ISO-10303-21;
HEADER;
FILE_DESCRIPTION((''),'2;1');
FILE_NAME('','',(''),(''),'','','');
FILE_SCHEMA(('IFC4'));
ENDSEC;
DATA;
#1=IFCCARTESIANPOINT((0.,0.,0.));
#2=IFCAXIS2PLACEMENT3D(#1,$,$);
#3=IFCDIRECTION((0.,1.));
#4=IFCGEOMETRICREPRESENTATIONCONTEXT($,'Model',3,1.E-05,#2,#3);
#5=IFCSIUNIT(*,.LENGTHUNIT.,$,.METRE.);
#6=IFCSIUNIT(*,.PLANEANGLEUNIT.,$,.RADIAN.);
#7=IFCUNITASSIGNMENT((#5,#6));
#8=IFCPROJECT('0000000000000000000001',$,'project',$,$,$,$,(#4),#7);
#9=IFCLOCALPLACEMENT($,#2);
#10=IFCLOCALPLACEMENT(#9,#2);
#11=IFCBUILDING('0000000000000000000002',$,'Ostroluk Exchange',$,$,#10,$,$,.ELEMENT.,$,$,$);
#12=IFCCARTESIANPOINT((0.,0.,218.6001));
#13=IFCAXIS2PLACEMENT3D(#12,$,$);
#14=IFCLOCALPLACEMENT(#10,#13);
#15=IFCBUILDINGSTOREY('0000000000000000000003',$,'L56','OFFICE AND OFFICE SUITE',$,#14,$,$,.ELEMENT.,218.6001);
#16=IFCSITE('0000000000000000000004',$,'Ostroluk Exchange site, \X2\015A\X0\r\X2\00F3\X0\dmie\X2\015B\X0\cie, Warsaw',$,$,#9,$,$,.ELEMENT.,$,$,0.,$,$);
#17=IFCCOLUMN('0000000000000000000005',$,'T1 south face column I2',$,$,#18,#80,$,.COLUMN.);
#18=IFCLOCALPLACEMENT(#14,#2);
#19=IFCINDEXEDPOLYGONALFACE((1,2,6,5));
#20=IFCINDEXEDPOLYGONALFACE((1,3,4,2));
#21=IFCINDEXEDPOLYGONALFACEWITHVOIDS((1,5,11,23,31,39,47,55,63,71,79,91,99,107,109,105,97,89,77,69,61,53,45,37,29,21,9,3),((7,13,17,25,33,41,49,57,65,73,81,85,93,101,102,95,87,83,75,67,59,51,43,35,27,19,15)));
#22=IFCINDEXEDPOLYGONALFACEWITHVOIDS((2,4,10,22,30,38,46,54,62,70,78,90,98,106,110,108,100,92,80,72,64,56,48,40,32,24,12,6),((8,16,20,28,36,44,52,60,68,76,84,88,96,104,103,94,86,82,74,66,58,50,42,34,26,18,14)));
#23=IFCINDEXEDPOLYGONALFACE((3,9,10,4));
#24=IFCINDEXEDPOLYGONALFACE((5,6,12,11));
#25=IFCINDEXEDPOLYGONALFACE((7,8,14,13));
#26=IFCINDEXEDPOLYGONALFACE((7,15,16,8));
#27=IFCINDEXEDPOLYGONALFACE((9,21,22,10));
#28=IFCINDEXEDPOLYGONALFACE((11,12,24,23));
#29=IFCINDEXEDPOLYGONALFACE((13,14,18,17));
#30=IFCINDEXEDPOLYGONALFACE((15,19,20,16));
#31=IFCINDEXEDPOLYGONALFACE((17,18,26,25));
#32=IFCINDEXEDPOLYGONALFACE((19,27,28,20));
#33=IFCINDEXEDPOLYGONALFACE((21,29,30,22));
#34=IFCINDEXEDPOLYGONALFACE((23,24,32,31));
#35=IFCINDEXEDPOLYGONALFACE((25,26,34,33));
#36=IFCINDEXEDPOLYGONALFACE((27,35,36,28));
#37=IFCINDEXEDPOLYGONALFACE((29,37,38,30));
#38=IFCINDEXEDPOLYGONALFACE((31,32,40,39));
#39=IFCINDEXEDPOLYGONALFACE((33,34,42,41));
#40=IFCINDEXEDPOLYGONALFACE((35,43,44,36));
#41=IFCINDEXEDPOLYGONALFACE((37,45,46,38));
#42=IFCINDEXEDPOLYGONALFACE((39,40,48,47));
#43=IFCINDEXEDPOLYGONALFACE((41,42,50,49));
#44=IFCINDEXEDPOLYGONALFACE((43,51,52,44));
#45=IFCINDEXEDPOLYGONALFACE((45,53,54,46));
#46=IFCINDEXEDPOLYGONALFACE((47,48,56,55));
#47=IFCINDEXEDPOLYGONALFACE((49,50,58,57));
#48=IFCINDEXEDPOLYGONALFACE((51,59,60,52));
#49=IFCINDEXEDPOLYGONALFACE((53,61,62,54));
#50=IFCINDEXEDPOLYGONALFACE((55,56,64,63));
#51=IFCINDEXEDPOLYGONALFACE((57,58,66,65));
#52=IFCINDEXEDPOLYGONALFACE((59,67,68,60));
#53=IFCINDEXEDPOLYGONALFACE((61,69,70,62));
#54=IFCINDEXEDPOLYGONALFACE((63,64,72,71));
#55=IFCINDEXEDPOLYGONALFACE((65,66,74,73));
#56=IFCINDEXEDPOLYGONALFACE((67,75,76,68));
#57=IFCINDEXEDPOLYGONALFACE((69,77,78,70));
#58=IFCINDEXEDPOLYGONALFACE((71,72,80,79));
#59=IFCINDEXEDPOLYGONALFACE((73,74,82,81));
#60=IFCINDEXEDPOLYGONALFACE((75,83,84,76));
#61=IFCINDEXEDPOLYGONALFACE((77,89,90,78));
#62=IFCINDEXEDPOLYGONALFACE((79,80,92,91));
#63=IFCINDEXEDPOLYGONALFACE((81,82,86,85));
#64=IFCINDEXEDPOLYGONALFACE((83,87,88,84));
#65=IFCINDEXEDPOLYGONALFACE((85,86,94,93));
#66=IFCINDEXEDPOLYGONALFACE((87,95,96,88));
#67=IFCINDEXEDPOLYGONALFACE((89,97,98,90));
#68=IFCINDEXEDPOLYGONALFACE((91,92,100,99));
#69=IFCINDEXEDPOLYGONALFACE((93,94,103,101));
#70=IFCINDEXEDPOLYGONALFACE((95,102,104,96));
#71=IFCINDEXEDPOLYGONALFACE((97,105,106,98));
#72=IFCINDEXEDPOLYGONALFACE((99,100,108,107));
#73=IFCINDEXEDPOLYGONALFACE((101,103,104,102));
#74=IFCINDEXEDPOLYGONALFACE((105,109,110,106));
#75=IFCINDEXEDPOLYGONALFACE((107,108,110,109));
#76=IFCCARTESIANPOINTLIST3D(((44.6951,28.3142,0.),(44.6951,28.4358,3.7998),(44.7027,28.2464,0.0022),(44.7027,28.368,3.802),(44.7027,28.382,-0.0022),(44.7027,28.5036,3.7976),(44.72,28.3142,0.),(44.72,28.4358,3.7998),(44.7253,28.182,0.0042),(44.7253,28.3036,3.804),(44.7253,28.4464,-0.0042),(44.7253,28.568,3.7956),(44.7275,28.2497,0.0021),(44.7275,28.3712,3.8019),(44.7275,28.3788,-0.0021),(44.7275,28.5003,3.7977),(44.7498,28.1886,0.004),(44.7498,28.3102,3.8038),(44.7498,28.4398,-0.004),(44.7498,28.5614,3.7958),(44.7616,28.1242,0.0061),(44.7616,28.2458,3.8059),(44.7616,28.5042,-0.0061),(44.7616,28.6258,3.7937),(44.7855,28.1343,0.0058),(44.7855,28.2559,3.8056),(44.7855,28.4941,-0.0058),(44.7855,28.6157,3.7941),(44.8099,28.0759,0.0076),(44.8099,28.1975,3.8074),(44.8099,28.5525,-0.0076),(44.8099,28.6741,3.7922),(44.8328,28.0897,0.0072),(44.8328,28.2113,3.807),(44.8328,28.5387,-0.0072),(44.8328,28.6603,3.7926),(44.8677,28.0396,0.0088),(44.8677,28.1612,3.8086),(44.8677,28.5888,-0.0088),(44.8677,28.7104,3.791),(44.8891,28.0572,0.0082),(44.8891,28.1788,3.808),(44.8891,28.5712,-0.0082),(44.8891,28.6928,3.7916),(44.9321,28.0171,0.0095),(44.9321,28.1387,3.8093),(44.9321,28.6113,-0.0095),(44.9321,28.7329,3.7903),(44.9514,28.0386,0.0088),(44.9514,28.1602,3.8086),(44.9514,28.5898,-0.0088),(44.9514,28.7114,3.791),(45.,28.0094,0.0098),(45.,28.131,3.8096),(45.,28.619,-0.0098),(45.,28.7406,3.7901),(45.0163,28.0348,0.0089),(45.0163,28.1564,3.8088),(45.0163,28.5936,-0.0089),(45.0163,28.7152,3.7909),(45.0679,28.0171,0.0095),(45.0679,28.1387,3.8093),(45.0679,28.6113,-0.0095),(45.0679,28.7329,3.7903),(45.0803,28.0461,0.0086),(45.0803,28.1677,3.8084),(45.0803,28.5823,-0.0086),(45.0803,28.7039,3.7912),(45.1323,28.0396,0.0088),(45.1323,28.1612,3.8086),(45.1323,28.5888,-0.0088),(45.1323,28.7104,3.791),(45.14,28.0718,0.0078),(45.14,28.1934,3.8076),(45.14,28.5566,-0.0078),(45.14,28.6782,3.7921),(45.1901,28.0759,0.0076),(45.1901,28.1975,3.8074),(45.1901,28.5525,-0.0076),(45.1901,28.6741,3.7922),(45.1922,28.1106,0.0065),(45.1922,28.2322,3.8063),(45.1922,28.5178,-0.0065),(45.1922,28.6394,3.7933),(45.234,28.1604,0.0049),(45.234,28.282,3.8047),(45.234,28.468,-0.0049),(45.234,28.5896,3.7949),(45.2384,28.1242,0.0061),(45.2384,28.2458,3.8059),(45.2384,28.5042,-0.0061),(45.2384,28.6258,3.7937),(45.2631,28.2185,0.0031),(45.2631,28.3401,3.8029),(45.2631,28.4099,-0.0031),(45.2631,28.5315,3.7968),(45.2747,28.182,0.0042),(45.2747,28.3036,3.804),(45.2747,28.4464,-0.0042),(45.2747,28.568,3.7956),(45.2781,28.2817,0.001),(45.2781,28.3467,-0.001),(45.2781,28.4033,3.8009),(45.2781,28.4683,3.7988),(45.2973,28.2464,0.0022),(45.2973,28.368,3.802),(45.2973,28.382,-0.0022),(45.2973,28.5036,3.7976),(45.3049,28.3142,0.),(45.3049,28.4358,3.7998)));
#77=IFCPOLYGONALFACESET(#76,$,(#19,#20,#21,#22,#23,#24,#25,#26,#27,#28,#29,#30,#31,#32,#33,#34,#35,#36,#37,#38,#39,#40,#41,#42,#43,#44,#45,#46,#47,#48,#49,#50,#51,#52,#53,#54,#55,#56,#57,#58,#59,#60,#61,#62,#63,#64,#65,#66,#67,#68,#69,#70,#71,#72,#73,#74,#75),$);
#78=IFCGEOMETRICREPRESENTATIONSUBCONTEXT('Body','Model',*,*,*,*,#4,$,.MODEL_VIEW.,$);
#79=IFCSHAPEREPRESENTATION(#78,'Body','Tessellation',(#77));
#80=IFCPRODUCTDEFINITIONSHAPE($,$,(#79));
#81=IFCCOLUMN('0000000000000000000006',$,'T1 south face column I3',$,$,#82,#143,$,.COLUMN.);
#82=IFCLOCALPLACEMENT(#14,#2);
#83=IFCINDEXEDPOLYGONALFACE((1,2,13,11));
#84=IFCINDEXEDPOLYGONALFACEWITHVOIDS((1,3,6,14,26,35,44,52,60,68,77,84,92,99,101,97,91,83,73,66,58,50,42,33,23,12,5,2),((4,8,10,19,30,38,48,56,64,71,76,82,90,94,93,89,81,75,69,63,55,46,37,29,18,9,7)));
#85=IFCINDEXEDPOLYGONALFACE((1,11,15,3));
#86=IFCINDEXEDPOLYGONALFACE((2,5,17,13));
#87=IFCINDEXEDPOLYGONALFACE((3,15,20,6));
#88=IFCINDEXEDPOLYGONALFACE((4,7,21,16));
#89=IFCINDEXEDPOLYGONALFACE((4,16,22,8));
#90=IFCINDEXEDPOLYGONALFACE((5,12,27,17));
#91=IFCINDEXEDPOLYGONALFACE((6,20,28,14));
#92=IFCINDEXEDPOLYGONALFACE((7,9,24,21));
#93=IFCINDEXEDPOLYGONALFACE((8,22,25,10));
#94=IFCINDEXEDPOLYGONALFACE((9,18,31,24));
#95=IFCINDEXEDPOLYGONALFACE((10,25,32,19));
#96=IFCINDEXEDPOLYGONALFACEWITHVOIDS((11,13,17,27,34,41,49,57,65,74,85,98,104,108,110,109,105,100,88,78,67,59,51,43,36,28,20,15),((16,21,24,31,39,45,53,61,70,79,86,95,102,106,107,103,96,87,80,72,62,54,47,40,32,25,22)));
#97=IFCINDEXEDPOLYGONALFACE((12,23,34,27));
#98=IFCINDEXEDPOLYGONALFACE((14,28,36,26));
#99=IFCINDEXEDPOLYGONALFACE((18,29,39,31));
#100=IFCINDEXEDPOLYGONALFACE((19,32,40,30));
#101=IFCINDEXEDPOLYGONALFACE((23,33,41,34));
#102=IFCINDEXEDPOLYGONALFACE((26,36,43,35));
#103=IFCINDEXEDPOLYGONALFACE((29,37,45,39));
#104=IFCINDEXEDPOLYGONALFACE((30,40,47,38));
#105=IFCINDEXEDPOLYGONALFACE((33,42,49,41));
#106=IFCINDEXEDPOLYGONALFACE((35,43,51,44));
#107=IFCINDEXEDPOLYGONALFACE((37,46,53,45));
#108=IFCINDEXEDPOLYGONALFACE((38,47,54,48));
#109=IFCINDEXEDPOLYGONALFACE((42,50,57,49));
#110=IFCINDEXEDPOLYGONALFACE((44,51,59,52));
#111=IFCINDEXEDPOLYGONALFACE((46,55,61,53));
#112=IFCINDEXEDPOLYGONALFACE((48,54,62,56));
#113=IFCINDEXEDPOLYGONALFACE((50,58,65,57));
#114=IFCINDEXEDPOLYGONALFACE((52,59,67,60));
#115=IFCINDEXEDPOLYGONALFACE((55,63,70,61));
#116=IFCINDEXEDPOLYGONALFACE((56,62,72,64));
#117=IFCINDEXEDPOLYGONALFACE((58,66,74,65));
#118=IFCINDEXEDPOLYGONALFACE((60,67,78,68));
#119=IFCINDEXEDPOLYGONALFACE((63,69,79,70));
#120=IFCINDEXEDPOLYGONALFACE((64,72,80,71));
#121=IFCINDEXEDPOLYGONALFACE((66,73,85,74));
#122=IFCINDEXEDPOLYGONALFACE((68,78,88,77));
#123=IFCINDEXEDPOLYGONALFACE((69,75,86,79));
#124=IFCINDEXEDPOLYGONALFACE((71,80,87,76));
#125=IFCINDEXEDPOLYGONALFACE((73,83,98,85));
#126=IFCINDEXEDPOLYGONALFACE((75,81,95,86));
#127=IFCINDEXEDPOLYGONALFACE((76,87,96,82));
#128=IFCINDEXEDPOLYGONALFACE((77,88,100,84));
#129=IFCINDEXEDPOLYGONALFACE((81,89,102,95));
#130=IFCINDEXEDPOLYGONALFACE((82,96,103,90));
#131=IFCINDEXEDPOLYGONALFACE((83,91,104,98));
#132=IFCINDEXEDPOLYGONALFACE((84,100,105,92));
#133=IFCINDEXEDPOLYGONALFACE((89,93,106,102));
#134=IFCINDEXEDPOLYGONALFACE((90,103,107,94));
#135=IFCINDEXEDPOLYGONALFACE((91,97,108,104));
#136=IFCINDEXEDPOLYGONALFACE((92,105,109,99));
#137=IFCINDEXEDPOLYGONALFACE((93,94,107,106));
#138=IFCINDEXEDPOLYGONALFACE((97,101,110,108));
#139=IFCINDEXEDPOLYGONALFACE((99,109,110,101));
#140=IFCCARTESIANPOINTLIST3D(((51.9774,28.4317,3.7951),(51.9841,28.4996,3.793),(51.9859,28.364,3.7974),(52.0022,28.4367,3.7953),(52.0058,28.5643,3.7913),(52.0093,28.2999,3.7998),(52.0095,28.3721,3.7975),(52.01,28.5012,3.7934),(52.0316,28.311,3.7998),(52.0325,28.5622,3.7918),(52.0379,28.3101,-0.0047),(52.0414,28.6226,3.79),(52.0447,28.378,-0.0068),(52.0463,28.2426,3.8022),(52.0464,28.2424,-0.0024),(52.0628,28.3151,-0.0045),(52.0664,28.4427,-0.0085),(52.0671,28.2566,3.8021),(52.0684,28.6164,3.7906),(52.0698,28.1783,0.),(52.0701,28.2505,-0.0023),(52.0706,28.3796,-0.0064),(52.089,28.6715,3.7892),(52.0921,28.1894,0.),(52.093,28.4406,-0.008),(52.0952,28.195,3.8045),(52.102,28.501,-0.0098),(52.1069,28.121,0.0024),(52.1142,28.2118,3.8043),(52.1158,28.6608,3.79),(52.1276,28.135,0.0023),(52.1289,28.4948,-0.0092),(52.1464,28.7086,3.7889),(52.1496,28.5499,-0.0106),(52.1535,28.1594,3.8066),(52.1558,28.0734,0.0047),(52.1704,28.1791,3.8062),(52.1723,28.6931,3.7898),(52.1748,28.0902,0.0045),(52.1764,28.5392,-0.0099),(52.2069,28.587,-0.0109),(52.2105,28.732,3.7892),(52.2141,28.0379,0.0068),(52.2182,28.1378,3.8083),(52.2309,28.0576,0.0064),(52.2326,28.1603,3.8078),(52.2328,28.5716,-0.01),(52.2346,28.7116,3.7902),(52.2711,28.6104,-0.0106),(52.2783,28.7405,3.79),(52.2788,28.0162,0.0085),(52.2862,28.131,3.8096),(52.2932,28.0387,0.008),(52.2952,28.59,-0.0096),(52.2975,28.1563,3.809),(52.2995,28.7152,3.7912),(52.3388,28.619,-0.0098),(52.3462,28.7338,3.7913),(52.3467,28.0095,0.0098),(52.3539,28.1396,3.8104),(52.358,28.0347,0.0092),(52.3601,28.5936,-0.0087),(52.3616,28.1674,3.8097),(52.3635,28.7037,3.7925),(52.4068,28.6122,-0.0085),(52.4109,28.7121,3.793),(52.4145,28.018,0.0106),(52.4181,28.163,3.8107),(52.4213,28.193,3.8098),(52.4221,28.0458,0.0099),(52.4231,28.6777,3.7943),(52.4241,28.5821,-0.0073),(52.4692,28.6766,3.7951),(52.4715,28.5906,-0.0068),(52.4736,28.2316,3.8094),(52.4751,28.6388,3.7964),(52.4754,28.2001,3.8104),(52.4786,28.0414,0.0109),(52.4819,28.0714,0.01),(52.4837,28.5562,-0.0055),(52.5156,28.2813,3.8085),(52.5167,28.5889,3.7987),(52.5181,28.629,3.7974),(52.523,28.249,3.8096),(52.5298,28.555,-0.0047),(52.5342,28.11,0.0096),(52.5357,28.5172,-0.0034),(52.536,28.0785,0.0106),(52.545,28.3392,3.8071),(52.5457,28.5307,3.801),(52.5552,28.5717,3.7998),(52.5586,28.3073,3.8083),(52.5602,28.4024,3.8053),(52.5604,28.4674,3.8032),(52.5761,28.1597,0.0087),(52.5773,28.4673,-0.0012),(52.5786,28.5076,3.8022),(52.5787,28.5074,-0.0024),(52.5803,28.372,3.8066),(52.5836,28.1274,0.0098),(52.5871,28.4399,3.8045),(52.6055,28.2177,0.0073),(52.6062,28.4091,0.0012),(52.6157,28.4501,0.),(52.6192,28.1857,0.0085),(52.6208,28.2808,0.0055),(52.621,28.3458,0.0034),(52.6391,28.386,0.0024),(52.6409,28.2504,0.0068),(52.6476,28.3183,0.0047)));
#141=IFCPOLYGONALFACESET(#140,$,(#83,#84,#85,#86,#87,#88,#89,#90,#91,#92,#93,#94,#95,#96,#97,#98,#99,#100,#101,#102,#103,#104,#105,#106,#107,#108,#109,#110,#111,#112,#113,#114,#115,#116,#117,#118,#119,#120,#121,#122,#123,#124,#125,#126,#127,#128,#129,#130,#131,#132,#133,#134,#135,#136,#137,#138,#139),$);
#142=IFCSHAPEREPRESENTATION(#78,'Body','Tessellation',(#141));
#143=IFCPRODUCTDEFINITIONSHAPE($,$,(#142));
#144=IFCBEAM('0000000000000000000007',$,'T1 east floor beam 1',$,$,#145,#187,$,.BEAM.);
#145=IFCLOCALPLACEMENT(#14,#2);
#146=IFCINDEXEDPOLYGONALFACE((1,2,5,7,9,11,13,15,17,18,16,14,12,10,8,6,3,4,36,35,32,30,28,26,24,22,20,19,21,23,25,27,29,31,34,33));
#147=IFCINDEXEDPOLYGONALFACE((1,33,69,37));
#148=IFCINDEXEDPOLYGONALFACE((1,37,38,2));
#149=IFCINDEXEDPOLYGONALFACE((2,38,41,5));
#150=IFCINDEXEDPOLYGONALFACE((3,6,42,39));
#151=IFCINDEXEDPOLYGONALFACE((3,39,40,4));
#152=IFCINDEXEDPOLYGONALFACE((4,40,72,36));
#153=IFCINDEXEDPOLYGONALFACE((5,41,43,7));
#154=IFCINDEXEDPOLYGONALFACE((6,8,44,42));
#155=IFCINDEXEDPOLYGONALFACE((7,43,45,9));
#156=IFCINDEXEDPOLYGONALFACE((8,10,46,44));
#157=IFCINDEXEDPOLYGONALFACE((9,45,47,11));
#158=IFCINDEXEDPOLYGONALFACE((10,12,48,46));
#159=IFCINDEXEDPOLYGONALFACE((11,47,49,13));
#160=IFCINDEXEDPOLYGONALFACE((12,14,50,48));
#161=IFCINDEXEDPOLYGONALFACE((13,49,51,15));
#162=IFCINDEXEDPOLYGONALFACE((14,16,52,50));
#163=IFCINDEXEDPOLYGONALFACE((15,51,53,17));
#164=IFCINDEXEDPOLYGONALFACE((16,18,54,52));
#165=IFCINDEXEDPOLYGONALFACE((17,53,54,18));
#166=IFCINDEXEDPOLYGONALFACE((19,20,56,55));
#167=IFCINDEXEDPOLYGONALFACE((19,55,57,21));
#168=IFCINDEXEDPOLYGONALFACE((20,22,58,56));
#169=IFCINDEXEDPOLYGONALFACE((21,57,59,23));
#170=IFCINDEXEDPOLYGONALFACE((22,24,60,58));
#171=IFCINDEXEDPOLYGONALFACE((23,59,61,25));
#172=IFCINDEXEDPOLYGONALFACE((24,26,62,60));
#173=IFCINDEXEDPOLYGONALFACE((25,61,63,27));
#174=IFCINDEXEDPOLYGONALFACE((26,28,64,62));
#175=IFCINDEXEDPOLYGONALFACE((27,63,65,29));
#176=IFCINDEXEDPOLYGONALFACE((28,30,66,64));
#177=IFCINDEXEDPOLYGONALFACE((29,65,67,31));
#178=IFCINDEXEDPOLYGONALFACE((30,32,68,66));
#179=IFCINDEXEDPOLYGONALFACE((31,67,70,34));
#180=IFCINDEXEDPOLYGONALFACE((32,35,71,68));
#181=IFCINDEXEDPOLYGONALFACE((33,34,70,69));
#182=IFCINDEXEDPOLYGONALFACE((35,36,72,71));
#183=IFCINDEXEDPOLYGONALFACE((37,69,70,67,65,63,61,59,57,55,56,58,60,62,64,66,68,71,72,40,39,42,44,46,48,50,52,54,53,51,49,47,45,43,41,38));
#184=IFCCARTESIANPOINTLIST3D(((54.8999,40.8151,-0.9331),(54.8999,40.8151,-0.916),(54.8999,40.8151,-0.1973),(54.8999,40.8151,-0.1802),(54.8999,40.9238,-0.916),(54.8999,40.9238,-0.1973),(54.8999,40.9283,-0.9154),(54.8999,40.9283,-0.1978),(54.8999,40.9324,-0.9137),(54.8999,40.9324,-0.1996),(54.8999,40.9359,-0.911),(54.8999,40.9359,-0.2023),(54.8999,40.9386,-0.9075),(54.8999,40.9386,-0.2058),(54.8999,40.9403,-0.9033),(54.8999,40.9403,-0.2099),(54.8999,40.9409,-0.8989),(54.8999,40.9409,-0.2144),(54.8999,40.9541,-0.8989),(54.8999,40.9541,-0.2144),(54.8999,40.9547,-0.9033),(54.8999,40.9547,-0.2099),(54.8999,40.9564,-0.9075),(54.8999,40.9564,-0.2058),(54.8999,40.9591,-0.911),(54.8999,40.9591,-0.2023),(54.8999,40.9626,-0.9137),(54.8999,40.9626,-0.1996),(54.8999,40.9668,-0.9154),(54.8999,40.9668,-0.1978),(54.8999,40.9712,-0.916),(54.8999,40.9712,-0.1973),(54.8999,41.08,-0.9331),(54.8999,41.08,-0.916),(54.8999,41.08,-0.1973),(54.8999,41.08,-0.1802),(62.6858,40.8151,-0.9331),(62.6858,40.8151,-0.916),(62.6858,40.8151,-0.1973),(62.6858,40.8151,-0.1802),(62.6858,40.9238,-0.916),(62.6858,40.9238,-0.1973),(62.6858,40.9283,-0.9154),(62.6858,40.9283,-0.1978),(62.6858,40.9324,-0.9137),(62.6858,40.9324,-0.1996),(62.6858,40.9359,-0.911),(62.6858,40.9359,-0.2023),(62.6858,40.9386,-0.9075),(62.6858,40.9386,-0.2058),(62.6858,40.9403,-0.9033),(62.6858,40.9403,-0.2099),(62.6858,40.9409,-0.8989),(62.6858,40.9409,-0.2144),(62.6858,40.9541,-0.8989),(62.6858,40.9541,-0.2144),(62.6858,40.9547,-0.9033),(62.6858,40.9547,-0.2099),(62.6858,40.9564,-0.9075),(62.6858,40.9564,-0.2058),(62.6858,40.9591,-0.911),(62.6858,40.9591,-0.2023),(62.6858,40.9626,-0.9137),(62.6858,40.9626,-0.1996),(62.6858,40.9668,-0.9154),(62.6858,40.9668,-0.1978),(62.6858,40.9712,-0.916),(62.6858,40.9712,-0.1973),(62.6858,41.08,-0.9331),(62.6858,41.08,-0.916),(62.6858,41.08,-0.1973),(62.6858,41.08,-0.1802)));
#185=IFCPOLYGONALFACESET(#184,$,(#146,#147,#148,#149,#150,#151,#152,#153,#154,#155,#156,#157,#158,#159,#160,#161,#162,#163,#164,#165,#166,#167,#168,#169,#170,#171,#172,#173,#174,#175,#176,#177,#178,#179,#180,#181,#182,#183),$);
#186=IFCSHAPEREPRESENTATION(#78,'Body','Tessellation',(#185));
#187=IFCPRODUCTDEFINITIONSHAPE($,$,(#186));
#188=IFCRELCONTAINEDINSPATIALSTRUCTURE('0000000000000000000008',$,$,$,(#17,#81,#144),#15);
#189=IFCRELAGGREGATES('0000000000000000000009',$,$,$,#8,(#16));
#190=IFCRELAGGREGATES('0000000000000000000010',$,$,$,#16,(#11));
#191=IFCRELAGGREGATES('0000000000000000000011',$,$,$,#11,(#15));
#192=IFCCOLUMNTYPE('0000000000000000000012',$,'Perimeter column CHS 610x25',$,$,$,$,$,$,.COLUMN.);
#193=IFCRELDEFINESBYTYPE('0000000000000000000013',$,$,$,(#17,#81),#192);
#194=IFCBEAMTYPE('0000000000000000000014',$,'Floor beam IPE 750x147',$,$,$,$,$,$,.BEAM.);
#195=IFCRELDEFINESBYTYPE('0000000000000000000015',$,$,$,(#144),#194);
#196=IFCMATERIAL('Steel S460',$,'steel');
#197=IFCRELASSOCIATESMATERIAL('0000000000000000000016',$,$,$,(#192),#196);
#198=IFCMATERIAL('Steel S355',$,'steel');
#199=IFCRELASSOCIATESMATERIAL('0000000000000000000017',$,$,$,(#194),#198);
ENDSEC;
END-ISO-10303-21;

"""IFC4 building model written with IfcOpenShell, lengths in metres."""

from ifc_helpers import new_model, si_unit, direction, frame, origin, origin_2d, place, context, subcontext, project, spatial, hollow_circle, i_section, extrude, material, material_profile, profile_set, type_object, element, save


model = new_model("IFC4")

# Units and contexts
model_context = context("Model", 3, precision=1e-05, world=origin(), true_north=direction((0.0, 1.0)))
body_context = subcontext(model_context, "Body", "Model", "MODEL_VIEW")
ifc_project = project(units=[si_unit("LENGTHUNIT", "METRE"), si_unit("PLANEANGLEUNIT", "RADIAN")], contexts=[model_context])

# Site, building, storey
site_placement = place(None, origin())
site = spatial("IfcSite", under=ifc_project, at=site_placement, Name="Ostroluk Exchange site, Śródmieście, Warsaw", CompositionType="ELEMENT", RefElevation=0.0)
building_placement = place(site_placement, origin())
building = spatial("IfcBuilding", under=site, at=building_placement, Name="Ostroluk Exchange", CompositionType="ELEMENT")
storey_placement = place(building_placement, frame((0.0, 0.0, 218.6001)))
storey = spatial("IfcBuildingStorey", under=building, at=storey_placement, Name="L56", Description="OFFICE AND OFFICE SUITE", CompositionType="ELEMENT", Elevation=218.6001)

# Columns
ifc_material_1 = material(Name="Steel S460", Category="steel")
ifc_material_profile_1 = material_profile(ifc_material_1, hollow_circle(Radius=0.3049, WallThickness=0.0249, at=origin_2d()), Name="CHS 610x25")
ifc_profile_set_1 = profile_set([ifc_material_profile_1], Name="Steel S460")
column_type = type_object("IfcColumnType", Name="Perimeter column CHS 610x25", PredefinedType="COLUMN", material=ifc_profile_set_1)
column_1_placement = place(storey_placement, frame((45.0, 28.3142, 0.0), z_axis=(0.0, 0.031981, 0.999488), x_axis=(-1.0, 0.0, 0.0)))
element("IfcColumn", 1, at=column_1_placement, inside=storey, type_object=column_type, Name="T1 south face column I2", PredefinedType="COLUMN", context=body_context, shape_type="SweptSolid", body=[
    extrude(hollow_circle(Radius=0.3049, WallThickness=0.0249, at=origin_2d()), origin(), (0.0, 0.0, 1.0), 3.8018),
])
column_2_placement = place(storey_placement, frame((52.3428, 28.3142, 0.0), z_axis=(-0.015924, 0.031976, 0.999362), x_axis=(-0.895145, -0.445775, 0.0)))
element("IfcColumn", 2, at=column_2_placement, inside=storey, type_object=column_type, Name="T1 south face column I3", PredefinedType="COLUMN", context=body_context, shape_type="SweptSolid", body=[
    extrude(hollow_circle(Radius=0.3049, WallThickness=0.0249, at=origin_2d()), origin(), (0.0, 0.0, 1.0), 3.8022),
])

# Beam
ifc_material_2 = material(Name="Steel S355", Category="steel")
ifc_material_profile_2 = material_profile(ifc_material_2, i_section(OverallWidth=0.2649, OverallDepth=0.7529, WebThickness=0.0132, FlangeThickness=0.0171, FilletRadius=0.0171, at=origin_2d()), Name="IPE 750x147")
ifc_profile_set_2 = profile_set([ifc_material_profile_2], Name="Steel S355")
beam_type_1 = type_object("IfcBeamType", Name="Floor beam IPE 750x147", PredefinedType="BEAM", material=ifc_profile_set_2)
for number, where, z_axis, x_axis, name in (
    (3, (54.8999, 40.9475, -0.5566), (1.0, 0.0, 0.0), (0.0, 1.0, 0.0), "T1 east floor beam 1"),
):
    element("IfcBeam", number, at=place(storey_placement, frame(where, z_axis=z_axis, x_axis=x_axis)), inside=storey, type_object=beam_type_1, Name=name, PredefinedType="BEAM", context=body_context, shape_type="SweptSolid", body=[
        extrude(i_section(OverallWidth=0.2649, OverallDepth=0.7529, WebThickness=0.0132, FlangeThickness=0.0171, FilletRadius=0.0171, at=origin_2d()), origin(), (0.0, 0.0, 1.0), 7.7859),
    ])

save(model, "model.ifc")
